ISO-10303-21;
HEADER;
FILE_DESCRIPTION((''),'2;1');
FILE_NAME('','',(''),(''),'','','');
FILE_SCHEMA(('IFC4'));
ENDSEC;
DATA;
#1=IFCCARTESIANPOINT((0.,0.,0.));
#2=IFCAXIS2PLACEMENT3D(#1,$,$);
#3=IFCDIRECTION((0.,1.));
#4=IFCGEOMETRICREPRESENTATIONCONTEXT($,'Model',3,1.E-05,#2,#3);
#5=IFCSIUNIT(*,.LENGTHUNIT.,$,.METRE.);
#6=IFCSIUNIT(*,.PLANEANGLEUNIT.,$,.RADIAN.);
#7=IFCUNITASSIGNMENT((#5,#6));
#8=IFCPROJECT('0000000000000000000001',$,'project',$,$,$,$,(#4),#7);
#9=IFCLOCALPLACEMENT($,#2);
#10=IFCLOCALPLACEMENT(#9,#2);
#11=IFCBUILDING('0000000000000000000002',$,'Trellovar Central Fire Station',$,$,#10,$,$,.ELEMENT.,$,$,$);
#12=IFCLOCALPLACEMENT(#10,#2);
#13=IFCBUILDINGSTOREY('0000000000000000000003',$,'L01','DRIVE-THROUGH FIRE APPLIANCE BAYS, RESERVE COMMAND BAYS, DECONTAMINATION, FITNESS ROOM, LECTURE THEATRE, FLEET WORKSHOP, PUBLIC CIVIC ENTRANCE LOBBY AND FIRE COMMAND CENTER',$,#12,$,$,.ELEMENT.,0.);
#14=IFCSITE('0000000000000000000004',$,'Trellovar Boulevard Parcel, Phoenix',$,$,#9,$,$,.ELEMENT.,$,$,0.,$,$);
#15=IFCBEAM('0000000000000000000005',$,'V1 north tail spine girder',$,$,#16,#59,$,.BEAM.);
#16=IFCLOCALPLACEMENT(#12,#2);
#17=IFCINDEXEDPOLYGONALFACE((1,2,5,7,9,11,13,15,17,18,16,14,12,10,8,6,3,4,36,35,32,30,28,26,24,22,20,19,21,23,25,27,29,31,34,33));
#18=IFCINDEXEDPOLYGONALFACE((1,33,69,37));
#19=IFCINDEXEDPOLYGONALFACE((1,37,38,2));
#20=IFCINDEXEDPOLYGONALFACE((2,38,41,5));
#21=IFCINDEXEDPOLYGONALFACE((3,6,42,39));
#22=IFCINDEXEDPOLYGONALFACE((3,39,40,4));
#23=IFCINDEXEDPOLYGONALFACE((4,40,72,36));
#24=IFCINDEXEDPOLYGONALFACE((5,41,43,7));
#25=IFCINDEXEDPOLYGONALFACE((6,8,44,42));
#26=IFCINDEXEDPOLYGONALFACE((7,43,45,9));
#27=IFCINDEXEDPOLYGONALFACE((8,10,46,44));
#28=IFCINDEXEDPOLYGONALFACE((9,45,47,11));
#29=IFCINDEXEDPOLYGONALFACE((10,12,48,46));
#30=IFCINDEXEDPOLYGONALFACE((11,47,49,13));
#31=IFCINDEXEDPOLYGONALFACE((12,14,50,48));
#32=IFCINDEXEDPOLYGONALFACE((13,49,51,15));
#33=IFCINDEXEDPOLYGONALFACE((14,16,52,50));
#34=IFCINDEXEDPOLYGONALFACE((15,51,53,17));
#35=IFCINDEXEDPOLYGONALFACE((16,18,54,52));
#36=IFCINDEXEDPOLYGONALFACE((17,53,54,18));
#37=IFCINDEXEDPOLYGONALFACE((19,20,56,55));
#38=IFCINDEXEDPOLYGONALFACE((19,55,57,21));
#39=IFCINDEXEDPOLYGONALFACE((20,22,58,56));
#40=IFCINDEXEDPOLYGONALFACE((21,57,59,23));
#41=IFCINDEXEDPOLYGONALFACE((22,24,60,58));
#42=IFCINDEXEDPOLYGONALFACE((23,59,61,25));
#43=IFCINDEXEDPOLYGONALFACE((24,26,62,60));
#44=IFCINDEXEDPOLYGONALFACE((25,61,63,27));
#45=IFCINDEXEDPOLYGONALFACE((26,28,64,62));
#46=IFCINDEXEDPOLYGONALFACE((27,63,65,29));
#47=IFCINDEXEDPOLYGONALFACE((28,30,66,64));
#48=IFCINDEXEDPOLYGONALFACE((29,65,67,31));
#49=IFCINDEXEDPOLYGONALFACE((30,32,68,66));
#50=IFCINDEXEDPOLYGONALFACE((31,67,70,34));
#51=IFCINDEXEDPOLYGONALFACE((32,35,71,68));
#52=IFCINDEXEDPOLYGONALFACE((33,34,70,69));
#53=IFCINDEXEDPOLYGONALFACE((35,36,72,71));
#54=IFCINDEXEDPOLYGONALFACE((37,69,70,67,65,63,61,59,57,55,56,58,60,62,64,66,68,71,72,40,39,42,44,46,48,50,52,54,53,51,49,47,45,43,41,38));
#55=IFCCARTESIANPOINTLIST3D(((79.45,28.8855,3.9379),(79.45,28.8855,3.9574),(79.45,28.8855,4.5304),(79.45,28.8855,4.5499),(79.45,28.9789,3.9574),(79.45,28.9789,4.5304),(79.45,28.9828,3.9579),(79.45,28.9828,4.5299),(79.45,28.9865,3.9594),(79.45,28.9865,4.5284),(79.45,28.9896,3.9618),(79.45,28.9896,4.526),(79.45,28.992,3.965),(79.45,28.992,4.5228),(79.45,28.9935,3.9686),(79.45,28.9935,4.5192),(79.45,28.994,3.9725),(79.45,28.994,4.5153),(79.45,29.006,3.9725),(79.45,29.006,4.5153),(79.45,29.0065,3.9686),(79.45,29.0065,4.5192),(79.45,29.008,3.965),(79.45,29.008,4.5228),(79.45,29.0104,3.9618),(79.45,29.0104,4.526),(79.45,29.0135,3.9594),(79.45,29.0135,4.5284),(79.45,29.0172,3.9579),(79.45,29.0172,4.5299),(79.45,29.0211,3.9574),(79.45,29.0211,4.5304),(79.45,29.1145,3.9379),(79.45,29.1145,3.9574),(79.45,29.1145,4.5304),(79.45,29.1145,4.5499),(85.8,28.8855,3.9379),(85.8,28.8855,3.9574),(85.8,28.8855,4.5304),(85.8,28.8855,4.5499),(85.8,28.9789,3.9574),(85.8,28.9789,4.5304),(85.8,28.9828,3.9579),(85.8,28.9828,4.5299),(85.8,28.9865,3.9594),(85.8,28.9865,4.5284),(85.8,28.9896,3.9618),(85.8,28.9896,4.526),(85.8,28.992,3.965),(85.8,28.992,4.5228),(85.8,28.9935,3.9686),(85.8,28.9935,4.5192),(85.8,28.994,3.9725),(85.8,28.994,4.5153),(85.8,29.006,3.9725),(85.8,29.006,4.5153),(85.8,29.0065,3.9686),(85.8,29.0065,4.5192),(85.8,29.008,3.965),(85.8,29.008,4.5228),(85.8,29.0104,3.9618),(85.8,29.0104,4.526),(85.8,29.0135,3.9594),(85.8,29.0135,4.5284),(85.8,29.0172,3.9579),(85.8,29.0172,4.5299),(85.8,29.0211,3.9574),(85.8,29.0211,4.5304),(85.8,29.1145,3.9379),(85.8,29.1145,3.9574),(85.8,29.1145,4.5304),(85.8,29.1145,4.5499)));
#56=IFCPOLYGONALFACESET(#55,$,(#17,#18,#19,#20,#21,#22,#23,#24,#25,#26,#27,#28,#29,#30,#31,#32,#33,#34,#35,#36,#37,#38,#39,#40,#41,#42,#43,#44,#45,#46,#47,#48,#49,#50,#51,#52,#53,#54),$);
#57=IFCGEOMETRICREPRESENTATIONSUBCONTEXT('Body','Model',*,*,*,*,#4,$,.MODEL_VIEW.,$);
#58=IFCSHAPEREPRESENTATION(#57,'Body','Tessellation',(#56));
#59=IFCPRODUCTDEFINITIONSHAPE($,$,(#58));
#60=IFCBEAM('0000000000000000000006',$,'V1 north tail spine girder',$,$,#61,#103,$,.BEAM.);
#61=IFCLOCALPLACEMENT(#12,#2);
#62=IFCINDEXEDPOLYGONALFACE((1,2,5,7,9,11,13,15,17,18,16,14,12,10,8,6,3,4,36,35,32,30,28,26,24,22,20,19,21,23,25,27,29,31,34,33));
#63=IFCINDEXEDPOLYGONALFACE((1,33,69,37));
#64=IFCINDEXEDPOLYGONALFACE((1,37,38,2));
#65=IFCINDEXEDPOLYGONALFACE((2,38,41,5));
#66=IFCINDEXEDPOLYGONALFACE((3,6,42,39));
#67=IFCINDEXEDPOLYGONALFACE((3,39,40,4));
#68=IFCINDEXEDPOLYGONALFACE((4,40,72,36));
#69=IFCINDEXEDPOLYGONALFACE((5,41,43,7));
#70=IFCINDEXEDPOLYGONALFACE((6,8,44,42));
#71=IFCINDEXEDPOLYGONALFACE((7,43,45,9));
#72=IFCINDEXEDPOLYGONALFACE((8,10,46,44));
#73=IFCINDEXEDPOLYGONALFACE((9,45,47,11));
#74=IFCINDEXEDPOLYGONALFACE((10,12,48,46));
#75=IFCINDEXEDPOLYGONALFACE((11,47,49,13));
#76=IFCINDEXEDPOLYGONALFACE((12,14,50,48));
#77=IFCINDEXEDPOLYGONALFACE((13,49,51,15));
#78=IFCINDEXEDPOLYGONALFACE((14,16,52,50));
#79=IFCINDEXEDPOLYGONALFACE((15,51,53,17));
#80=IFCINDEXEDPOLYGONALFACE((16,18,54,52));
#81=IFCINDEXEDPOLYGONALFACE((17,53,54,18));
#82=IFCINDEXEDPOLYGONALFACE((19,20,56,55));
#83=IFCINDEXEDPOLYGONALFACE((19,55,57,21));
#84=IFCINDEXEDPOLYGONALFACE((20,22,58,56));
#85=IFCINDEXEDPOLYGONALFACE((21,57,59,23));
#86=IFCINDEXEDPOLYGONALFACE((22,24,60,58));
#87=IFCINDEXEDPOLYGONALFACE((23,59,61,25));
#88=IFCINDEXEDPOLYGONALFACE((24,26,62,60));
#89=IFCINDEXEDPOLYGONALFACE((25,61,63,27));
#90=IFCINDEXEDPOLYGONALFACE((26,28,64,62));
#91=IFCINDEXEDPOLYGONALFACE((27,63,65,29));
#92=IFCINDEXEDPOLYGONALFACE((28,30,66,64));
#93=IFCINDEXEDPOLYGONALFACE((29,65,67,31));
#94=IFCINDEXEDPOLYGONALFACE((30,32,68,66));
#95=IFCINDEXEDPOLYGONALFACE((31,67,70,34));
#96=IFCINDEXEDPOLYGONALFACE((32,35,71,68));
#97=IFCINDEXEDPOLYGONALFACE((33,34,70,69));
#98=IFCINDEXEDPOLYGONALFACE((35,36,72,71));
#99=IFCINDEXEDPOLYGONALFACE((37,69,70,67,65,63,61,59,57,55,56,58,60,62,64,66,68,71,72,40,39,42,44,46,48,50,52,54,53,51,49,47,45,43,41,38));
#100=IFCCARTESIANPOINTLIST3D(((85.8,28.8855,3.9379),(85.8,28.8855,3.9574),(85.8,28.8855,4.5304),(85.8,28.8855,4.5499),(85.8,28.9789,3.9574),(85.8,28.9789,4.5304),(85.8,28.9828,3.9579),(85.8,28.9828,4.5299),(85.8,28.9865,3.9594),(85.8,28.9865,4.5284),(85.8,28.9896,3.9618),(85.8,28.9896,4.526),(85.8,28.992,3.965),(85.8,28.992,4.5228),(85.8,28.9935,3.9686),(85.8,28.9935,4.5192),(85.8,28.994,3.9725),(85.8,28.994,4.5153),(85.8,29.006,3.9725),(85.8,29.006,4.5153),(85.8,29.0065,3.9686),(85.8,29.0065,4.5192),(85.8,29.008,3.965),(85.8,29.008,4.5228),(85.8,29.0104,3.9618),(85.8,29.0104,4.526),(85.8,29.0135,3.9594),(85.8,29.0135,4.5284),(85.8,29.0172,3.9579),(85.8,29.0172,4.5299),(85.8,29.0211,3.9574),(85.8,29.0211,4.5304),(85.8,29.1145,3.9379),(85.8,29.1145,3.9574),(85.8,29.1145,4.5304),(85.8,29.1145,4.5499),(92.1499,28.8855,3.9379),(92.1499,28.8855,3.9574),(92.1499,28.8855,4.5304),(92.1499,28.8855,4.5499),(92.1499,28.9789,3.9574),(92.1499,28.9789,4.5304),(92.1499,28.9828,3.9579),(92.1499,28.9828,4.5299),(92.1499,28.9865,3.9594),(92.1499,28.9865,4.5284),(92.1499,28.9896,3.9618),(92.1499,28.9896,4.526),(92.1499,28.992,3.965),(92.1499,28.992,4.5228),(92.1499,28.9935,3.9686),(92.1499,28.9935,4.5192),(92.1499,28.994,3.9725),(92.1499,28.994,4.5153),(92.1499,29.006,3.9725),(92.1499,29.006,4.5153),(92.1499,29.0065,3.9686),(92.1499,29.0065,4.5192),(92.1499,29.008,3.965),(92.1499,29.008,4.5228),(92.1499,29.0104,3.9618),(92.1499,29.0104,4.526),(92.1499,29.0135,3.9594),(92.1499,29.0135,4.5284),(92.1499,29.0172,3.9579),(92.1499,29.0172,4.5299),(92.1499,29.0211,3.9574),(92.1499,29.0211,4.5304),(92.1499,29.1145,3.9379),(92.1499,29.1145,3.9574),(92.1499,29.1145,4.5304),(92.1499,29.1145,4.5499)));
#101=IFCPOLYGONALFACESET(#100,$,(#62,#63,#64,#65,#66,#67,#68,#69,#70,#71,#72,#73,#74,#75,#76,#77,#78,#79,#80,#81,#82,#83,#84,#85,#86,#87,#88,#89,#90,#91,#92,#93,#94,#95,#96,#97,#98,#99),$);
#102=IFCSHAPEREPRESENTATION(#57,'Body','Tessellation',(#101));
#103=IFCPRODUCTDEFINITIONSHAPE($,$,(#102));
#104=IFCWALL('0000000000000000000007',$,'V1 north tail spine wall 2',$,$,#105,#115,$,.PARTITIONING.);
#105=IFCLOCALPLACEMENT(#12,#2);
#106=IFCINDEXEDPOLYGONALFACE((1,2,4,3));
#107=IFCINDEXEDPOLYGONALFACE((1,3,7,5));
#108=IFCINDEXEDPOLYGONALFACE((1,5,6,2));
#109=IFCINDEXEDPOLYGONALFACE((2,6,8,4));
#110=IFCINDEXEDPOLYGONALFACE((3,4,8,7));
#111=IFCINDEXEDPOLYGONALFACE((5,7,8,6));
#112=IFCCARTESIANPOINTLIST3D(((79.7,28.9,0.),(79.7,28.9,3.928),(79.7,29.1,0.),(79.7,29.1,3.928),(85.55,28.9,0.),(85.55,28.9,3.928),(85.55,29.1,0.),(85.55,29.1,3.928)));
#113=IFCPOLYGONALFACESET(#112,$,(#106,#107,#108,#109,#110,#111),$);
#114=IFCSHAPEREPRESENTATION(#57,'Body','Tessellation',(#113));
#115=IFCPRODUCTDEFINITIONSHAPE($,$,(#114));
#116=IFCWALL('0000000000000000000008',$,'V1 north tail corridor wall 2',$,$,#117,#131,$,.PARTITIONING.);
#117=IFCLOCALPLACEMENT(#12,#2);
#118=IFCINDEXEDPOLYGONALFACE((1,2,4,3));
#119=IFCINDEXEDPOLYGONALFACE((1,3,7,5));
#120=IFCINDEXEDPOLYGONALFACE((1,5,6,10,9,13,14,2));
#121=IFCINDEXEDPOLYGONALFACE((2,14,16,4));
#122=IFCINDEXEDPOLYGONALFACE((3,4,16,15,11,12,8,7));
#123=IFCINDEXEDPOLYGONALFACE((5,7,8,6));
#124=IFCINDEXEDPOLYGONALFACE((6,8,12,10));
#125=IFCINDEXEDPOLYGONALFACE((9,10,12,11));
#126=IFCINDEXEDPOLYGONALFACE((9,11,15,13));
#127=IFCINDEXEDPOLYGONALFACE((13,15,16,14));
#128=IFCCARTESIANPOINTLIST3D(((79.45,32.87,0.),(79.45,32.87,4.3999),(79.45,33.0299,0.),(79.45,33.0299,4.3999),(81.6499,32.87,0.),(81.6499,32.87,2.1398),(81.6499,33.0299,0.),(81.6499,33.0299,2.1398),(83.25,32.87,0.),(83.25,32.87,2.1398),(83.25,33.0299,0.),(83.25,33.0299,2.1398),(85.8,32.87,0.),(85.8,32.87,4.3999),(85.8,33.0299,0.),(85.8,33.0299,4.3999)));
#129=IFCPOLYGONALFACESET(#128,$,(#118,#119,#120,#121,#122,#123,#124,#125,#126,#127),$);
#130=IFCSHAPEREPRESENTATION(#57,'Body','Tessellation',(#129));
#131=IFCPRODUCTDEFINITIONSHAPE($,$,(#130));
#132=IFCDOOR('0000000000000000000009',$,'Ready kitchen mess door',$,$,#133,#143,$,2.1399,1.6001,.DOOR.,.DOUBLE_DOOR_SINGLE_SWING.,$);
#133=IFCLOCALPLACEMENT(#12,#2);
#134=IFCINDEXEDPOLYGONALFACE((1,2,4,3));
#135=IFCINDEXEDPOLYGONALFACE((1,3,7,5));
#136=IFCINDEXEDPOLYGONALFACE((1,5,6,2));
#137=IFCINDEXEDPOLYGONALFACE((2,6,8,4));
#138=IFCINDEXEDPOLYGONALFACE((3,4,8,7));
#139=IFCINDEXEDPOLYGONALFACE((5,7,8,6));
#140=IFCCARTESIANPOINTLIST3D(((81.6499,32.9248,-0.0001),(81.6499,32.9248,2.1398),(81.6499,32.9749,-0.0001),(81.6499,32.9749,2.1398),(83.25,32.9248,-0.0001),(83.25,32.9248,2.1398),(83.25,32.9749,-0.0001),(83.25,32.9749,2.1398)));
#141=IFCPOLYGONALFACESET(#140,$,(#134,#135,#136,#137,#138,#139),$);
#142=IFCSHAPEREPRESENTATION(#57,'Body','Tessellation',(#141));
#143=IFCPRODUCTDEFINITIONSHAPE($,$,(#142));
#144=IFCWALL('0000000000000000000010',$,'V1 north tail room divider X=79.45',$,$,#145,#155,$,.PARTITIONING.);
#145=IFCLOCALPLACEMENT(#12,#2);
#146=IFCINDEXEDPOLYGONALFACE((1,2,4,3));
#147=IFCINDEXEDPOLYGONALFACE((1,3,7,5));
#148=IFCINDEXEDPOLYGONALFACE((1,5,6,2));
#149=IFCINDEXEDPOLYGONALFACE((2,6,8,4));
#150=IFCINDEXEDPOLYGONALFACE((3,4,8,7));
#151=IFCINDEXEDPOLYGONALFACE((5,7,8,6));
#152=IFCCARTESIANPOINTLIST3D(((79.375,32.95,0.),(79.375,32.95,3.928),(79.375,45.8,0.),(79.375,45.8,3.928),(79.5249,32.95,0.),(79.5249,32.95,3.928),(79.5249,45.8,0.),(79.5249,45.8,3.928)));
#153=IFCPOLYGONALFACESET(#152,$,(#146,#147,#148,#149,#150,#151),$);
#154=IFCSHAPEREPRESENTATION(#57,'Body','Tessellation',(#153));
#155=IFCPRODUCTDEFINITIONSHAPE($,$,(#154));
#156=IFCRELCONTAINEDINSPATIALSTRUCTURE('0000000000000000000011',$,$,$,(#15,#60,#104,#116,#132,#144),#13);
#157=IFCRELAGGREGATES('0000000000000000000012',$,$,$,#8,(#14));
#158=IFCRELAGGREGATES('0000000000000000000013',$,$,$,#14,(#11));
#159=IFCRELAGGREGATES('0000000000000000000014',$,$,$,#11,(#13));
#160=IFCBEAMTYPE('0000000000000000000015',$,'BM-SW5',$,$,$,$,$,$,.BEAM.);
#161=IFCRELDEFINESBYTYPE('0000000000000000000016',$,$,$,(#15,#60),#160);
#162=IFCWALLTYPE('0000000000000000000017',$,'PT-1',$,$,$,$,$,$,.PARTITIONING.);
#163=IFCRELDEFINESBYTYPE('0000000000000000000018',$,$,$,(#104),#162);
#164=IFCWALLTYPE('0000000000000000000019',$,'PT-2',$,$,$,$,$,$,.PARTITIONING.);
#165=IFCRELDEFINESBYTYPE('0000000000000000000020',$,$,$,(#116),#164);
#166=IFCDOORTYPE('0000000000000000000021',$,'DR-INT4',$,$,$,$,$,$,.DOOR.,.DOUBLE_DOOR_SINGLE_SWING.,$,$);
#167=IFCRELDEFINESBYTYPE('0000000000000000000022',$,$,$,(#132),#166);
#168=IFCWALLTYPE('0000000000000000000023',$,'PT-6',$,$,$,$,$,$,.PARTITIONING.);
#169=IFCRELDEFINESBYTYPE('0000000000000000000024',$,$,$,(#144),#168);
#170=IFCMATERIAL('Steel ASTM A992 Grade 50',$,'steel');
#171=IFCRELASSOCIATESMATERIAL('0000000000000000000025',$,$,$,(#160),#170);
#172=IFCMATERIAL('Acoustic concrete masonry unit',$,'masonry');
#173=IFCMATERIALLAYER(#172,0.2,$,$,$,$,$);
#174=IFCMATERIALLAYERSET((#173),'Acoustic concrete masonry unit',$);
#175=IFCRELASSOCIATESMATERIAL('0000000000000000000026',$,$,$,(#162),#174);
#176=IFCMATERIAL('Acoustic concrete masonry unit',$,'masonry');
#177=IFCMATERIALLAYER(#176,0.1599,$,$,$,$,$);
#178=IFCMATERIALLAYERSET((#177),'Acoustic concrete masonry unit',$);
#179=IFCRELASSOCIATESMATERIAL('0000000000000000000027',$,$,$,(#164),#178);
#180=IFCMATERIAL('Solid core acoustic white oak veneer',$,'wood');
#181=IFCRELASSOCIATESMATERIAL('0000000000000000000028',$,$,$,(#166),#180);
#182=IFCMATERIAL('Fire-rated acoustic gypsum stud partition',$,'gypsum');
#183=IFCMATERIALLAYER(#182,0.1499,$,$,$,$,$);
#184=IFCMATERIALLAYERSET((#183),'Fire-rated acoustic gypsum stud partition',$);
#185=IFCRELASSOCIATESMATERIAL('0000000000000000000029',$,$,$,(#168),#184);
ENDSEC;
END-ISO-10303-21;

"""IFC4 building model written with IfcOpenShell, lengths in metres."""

from ifc_helpers import new_model, si_unit, direction, frame, frame_2d, origin, origin_2d, place, context, subcontext, project, spatial, rectangle, i_section, extrude, material, layer, layer_set, material_profile, profile_set, type_object, element, fill, save


model = new_model("IFC4")

# Units and contexts
model_context = context("Model", 3, precision=1e-05, world=origin(), true_north=direction((0.0, 1.0)))
body_context = subcontext(model_context, "Body", "Model", "MODEL_VIEW")
ifc_project = project(units=[si_unit("LENGTHUNIT", "METRE"), si_unit("PLANEANGLEUNIT", "RADIAN")], contexts=[model_context])

# Site, building, storey
site_placement = place(None, origin())
site = spatial("IfcSite", under=ifc_project, at=site_placement, Name="Trellovar Boulevard Parcel, Phoenix", CompositionType="ELEMENT", RefElevation=0.0)
building_placement = place(site_placement, origin())
building = spatial("IfcBuilding", under=site, at=building_placement, Name="Trellovar Central Fire Station", CompositionType="ELEMENT")
storey_placement = place(building_placement, origin())
storey = spatial("IfcBuildingStorey", under=building, at=storey_placement, Name="L01", Description="DRIVE-THROUGH FIRE APPLIANCE BAYS, RESERVE COMMAND BAYS, DECONTAMINATION, FITNESS ROOM, LECTURE THEATRE, FLEET WORKSHOP, PUBLIC CIVIC ENTRANCE LOBBY AND FIRE COMMAND CENTER", CompositionType="ELEMENT", Elevation=0.0)

# Beams
ifc_material_1 = material(Name="Steel ASTM A992 Grade 50", Category="steel")
ifc_material_profile_1 = material_profile(ifc_material_1, i_section(OverallWidth=0.229, OverallDepth=0.6121, WebThickness=0.012, FlangeThickness=0.0195, FilletRadius=0.0151, at=origin_2d()), Name="W24X84")
ifc_profile_set_1 = profile_set([ifc_material_profile_1], Name="Steel ASTM A992 Grade 50")
beam_type = type_object("IfcBeamType", Name="BM-SW5", PredefinedType="BEAM", material=ifc_profile_set_1)
beam_1_placement = place(storey_placement, frame((79.45, 29.0, 4.2439), z_axis=(1.0, 0.0, 0.0), x_axis=(0.0, 1.0, 0.0)))
element("IfcBeam", 1, at=beam_1_placement, inside=storey, type_object=beam_type, Name="V1 north tail spine girder", PredefinedType="BEAM", context=body_context, shape_type="SweptSolid", body=[
    extrude(i_section(OverallWidth=0.229, OverallDepth=0.6121, WebThickness=0.012, FlangeThickness=0.0195, FilletRadius=0.0151, at=origin_2d()), origin(), (0.0, 0.0, 1.0), 6.3501),
])
beam_2_placement = place(storey_placement, frame((85.8, 29.0, 4.2439), z_axis=(1.0, 0.0, 0.0), x_axis=(0.0, 1.0, 0.0)))
element("IfcBeam", 2, at=beam_2_placement, inside=storey, type_object=beam_type, Name="V1 north tail spine girder", PredefinedType="BEAM", context=body_context, shape_type="SweptSolid", body=[
    extrude(i_section(OverallWidth=0.229, OverallDepth=0.6121, WebThickness=0.012, FlangeThickness=0.0195, FilletRadius=0.0151, at=origin_2d()), origin(), (0.0, 0.0, 1.0), 6.3499),
])

# Wall
ifc_material_2 = material(Name="Acoustic concrete masonry unit", Category="masonry")
ifc_layer_1 = layer(ifc_material_2, 0.2)
ifc_layer_set_1 = layer_set([ifc_layer_1], Name="Acoustic concrete masonry unit")
wall_type_1 = type_object("IfcWallType", Name="PT-1", PredefinedType="PARTITIONING", material=ifc_layer_set_1)
wall_1_placement = place(storey_placement, frame((79.7, 29.0, 0.0), z_axis=(0.0, 0.0, 1.0), x_axis=(1.0, 0.0, 0.0)))
element("IfcWall", 3, at=wall_1_placement, inside=storey, type_object=wall_type_1, Name="V1 north tail spine wall 2", PredefinedType="PARTITIONING", context=body_context, shape_type="SweptSolid", body=[
    extrude(rectangle(XDim=5.8501, YDim=0.2, at=frame_2d((2.925, 0.0))), origin(), (0.0, 0.0, 1.0), 3.928),
])

# Wall, opening, door
ifc_material_3 = material(Name="Acoustic concrete masonry unit", Category="masonry")
ifc_layer_2 = layer(ifc_material_3, 0.1599)
ifc_layer_set_2 = layer_set([ifc_layer_2], Name="Acoustic concrete masonry unit")
wall_type_2 = type_object("IfcWallType", Name="PT-2", PredefinedType="PARTITIONING", material=ifc_layer_set_2)
wall_2_placement = place(storey_placement, frame((79.45, 32.95, 0.0), z_axis=(0.0, 0.0, 1.0), x_axis=(1.0, 0.0, 0.0)))
wall_2 = element("IfcWall", 4, at=wall_2_placement, inside=storey, type_object=wall_type_2, Name="V1 north tail corridor wall 2", PredefinedType="PARTITIONING", context=body_context, shape_type="SweptSolid", body=[
    extrude(rectangle(XDim=6.3501, YDim=0.1599, at=frame_2d((3.175, 0.0))), origin(), (0.0, 0.0, 1.0), 4.3999),
])
opening_placement = place(wall_2_placement, frame((2.2, 0.0, 0.0)))
opening = element("IfcOpeningElement", 5, at=opening_placement, cuts=wall_2, PredefinedType="OPENING", context=body_context, shape_type="SweptSolid", body=[
    extrude(rectangle(XDim=1.6001, YDim=2.1399, at=frame_2d((0.8, 1.0698))), frame((0.0, 0.0898, 0.0), z_axis=(0.0, -1.0, 0.0), x_axis=(1.0, 0.0, 0.0)), (0.0, 0.0, 1.0), 0.1799),
])
ifc_material_4 = material(Name="Solid core acoustic white oak veneer", Category="wood")
door_type = type_object("IfcDoorType", Name="DR-INT4", OperationType="DOUBLE_DOOR_SINGLE_SWING", PredefinedType="DOOR", material=ifc_material_4)
door_placement = place(opening_placement, origin())
door = element("IfcDoor", 6, at=door_placement, inside=storey, type_object=door_type, Name="Ready kitchen mess door", OperationType="DOUBLE_DOOR_SINGLE_SWING", OverallHeight=2.1399, OverallWidth=1.6001, PredefinedType="DOOR", context=body_context, shape_type="SweptSolid", body=[
    extrude(rectangle(XDim=1.6001, YDim=2.1399, at=frame_2d((0.8, 1.0698))), frame((0.0, 0.0249, 0.0), z_axis=(0.0, -1.0, 0.0), x_axis=(1.0, 0.0, 0.0)), (0.0, 0.0, 1.0), 0.05),
])
fill(opening, door)

# Wall
ifc_material_5 = material(Name="Fire-rated acoustic gypsum stud partition", Category="gypsum")
ifc_layer_3 = layer(ifc_material_5, 0.1499)
ifc_layer_set_3 = layer_set([ifc_layer_3], Name="Fire-rated acoustic gypsum stud partition")
wall_type_3 = type_object("IfcWallType", Name="PT-6", PredefinedType="PARTITIONING", material=ifc_layer_set_3)
wall_3_placement = place(storey_placement, frame((79.45, 32.95, 0.0), z_axis=(0.0, 0.0, 1.0), x_axis=(0.0, 1.0, 0.0)))
element("IfcWall", 7, at=wall_3_placement, inside=storey, type_object=wall_type_3, Name="V1 north tail room divider X=79.45", PredefinedType="PARTITIONING", context=body_context, shape_type="SweptSolid", body=[
    extrude(rectangle(XDim=12.8501, YDim=0.1499, at=frame_2d((6.425, 0.0))), origin(), (0.0, 0.0, 1.0), 3.928),
])

save(model, "model.ifc")
